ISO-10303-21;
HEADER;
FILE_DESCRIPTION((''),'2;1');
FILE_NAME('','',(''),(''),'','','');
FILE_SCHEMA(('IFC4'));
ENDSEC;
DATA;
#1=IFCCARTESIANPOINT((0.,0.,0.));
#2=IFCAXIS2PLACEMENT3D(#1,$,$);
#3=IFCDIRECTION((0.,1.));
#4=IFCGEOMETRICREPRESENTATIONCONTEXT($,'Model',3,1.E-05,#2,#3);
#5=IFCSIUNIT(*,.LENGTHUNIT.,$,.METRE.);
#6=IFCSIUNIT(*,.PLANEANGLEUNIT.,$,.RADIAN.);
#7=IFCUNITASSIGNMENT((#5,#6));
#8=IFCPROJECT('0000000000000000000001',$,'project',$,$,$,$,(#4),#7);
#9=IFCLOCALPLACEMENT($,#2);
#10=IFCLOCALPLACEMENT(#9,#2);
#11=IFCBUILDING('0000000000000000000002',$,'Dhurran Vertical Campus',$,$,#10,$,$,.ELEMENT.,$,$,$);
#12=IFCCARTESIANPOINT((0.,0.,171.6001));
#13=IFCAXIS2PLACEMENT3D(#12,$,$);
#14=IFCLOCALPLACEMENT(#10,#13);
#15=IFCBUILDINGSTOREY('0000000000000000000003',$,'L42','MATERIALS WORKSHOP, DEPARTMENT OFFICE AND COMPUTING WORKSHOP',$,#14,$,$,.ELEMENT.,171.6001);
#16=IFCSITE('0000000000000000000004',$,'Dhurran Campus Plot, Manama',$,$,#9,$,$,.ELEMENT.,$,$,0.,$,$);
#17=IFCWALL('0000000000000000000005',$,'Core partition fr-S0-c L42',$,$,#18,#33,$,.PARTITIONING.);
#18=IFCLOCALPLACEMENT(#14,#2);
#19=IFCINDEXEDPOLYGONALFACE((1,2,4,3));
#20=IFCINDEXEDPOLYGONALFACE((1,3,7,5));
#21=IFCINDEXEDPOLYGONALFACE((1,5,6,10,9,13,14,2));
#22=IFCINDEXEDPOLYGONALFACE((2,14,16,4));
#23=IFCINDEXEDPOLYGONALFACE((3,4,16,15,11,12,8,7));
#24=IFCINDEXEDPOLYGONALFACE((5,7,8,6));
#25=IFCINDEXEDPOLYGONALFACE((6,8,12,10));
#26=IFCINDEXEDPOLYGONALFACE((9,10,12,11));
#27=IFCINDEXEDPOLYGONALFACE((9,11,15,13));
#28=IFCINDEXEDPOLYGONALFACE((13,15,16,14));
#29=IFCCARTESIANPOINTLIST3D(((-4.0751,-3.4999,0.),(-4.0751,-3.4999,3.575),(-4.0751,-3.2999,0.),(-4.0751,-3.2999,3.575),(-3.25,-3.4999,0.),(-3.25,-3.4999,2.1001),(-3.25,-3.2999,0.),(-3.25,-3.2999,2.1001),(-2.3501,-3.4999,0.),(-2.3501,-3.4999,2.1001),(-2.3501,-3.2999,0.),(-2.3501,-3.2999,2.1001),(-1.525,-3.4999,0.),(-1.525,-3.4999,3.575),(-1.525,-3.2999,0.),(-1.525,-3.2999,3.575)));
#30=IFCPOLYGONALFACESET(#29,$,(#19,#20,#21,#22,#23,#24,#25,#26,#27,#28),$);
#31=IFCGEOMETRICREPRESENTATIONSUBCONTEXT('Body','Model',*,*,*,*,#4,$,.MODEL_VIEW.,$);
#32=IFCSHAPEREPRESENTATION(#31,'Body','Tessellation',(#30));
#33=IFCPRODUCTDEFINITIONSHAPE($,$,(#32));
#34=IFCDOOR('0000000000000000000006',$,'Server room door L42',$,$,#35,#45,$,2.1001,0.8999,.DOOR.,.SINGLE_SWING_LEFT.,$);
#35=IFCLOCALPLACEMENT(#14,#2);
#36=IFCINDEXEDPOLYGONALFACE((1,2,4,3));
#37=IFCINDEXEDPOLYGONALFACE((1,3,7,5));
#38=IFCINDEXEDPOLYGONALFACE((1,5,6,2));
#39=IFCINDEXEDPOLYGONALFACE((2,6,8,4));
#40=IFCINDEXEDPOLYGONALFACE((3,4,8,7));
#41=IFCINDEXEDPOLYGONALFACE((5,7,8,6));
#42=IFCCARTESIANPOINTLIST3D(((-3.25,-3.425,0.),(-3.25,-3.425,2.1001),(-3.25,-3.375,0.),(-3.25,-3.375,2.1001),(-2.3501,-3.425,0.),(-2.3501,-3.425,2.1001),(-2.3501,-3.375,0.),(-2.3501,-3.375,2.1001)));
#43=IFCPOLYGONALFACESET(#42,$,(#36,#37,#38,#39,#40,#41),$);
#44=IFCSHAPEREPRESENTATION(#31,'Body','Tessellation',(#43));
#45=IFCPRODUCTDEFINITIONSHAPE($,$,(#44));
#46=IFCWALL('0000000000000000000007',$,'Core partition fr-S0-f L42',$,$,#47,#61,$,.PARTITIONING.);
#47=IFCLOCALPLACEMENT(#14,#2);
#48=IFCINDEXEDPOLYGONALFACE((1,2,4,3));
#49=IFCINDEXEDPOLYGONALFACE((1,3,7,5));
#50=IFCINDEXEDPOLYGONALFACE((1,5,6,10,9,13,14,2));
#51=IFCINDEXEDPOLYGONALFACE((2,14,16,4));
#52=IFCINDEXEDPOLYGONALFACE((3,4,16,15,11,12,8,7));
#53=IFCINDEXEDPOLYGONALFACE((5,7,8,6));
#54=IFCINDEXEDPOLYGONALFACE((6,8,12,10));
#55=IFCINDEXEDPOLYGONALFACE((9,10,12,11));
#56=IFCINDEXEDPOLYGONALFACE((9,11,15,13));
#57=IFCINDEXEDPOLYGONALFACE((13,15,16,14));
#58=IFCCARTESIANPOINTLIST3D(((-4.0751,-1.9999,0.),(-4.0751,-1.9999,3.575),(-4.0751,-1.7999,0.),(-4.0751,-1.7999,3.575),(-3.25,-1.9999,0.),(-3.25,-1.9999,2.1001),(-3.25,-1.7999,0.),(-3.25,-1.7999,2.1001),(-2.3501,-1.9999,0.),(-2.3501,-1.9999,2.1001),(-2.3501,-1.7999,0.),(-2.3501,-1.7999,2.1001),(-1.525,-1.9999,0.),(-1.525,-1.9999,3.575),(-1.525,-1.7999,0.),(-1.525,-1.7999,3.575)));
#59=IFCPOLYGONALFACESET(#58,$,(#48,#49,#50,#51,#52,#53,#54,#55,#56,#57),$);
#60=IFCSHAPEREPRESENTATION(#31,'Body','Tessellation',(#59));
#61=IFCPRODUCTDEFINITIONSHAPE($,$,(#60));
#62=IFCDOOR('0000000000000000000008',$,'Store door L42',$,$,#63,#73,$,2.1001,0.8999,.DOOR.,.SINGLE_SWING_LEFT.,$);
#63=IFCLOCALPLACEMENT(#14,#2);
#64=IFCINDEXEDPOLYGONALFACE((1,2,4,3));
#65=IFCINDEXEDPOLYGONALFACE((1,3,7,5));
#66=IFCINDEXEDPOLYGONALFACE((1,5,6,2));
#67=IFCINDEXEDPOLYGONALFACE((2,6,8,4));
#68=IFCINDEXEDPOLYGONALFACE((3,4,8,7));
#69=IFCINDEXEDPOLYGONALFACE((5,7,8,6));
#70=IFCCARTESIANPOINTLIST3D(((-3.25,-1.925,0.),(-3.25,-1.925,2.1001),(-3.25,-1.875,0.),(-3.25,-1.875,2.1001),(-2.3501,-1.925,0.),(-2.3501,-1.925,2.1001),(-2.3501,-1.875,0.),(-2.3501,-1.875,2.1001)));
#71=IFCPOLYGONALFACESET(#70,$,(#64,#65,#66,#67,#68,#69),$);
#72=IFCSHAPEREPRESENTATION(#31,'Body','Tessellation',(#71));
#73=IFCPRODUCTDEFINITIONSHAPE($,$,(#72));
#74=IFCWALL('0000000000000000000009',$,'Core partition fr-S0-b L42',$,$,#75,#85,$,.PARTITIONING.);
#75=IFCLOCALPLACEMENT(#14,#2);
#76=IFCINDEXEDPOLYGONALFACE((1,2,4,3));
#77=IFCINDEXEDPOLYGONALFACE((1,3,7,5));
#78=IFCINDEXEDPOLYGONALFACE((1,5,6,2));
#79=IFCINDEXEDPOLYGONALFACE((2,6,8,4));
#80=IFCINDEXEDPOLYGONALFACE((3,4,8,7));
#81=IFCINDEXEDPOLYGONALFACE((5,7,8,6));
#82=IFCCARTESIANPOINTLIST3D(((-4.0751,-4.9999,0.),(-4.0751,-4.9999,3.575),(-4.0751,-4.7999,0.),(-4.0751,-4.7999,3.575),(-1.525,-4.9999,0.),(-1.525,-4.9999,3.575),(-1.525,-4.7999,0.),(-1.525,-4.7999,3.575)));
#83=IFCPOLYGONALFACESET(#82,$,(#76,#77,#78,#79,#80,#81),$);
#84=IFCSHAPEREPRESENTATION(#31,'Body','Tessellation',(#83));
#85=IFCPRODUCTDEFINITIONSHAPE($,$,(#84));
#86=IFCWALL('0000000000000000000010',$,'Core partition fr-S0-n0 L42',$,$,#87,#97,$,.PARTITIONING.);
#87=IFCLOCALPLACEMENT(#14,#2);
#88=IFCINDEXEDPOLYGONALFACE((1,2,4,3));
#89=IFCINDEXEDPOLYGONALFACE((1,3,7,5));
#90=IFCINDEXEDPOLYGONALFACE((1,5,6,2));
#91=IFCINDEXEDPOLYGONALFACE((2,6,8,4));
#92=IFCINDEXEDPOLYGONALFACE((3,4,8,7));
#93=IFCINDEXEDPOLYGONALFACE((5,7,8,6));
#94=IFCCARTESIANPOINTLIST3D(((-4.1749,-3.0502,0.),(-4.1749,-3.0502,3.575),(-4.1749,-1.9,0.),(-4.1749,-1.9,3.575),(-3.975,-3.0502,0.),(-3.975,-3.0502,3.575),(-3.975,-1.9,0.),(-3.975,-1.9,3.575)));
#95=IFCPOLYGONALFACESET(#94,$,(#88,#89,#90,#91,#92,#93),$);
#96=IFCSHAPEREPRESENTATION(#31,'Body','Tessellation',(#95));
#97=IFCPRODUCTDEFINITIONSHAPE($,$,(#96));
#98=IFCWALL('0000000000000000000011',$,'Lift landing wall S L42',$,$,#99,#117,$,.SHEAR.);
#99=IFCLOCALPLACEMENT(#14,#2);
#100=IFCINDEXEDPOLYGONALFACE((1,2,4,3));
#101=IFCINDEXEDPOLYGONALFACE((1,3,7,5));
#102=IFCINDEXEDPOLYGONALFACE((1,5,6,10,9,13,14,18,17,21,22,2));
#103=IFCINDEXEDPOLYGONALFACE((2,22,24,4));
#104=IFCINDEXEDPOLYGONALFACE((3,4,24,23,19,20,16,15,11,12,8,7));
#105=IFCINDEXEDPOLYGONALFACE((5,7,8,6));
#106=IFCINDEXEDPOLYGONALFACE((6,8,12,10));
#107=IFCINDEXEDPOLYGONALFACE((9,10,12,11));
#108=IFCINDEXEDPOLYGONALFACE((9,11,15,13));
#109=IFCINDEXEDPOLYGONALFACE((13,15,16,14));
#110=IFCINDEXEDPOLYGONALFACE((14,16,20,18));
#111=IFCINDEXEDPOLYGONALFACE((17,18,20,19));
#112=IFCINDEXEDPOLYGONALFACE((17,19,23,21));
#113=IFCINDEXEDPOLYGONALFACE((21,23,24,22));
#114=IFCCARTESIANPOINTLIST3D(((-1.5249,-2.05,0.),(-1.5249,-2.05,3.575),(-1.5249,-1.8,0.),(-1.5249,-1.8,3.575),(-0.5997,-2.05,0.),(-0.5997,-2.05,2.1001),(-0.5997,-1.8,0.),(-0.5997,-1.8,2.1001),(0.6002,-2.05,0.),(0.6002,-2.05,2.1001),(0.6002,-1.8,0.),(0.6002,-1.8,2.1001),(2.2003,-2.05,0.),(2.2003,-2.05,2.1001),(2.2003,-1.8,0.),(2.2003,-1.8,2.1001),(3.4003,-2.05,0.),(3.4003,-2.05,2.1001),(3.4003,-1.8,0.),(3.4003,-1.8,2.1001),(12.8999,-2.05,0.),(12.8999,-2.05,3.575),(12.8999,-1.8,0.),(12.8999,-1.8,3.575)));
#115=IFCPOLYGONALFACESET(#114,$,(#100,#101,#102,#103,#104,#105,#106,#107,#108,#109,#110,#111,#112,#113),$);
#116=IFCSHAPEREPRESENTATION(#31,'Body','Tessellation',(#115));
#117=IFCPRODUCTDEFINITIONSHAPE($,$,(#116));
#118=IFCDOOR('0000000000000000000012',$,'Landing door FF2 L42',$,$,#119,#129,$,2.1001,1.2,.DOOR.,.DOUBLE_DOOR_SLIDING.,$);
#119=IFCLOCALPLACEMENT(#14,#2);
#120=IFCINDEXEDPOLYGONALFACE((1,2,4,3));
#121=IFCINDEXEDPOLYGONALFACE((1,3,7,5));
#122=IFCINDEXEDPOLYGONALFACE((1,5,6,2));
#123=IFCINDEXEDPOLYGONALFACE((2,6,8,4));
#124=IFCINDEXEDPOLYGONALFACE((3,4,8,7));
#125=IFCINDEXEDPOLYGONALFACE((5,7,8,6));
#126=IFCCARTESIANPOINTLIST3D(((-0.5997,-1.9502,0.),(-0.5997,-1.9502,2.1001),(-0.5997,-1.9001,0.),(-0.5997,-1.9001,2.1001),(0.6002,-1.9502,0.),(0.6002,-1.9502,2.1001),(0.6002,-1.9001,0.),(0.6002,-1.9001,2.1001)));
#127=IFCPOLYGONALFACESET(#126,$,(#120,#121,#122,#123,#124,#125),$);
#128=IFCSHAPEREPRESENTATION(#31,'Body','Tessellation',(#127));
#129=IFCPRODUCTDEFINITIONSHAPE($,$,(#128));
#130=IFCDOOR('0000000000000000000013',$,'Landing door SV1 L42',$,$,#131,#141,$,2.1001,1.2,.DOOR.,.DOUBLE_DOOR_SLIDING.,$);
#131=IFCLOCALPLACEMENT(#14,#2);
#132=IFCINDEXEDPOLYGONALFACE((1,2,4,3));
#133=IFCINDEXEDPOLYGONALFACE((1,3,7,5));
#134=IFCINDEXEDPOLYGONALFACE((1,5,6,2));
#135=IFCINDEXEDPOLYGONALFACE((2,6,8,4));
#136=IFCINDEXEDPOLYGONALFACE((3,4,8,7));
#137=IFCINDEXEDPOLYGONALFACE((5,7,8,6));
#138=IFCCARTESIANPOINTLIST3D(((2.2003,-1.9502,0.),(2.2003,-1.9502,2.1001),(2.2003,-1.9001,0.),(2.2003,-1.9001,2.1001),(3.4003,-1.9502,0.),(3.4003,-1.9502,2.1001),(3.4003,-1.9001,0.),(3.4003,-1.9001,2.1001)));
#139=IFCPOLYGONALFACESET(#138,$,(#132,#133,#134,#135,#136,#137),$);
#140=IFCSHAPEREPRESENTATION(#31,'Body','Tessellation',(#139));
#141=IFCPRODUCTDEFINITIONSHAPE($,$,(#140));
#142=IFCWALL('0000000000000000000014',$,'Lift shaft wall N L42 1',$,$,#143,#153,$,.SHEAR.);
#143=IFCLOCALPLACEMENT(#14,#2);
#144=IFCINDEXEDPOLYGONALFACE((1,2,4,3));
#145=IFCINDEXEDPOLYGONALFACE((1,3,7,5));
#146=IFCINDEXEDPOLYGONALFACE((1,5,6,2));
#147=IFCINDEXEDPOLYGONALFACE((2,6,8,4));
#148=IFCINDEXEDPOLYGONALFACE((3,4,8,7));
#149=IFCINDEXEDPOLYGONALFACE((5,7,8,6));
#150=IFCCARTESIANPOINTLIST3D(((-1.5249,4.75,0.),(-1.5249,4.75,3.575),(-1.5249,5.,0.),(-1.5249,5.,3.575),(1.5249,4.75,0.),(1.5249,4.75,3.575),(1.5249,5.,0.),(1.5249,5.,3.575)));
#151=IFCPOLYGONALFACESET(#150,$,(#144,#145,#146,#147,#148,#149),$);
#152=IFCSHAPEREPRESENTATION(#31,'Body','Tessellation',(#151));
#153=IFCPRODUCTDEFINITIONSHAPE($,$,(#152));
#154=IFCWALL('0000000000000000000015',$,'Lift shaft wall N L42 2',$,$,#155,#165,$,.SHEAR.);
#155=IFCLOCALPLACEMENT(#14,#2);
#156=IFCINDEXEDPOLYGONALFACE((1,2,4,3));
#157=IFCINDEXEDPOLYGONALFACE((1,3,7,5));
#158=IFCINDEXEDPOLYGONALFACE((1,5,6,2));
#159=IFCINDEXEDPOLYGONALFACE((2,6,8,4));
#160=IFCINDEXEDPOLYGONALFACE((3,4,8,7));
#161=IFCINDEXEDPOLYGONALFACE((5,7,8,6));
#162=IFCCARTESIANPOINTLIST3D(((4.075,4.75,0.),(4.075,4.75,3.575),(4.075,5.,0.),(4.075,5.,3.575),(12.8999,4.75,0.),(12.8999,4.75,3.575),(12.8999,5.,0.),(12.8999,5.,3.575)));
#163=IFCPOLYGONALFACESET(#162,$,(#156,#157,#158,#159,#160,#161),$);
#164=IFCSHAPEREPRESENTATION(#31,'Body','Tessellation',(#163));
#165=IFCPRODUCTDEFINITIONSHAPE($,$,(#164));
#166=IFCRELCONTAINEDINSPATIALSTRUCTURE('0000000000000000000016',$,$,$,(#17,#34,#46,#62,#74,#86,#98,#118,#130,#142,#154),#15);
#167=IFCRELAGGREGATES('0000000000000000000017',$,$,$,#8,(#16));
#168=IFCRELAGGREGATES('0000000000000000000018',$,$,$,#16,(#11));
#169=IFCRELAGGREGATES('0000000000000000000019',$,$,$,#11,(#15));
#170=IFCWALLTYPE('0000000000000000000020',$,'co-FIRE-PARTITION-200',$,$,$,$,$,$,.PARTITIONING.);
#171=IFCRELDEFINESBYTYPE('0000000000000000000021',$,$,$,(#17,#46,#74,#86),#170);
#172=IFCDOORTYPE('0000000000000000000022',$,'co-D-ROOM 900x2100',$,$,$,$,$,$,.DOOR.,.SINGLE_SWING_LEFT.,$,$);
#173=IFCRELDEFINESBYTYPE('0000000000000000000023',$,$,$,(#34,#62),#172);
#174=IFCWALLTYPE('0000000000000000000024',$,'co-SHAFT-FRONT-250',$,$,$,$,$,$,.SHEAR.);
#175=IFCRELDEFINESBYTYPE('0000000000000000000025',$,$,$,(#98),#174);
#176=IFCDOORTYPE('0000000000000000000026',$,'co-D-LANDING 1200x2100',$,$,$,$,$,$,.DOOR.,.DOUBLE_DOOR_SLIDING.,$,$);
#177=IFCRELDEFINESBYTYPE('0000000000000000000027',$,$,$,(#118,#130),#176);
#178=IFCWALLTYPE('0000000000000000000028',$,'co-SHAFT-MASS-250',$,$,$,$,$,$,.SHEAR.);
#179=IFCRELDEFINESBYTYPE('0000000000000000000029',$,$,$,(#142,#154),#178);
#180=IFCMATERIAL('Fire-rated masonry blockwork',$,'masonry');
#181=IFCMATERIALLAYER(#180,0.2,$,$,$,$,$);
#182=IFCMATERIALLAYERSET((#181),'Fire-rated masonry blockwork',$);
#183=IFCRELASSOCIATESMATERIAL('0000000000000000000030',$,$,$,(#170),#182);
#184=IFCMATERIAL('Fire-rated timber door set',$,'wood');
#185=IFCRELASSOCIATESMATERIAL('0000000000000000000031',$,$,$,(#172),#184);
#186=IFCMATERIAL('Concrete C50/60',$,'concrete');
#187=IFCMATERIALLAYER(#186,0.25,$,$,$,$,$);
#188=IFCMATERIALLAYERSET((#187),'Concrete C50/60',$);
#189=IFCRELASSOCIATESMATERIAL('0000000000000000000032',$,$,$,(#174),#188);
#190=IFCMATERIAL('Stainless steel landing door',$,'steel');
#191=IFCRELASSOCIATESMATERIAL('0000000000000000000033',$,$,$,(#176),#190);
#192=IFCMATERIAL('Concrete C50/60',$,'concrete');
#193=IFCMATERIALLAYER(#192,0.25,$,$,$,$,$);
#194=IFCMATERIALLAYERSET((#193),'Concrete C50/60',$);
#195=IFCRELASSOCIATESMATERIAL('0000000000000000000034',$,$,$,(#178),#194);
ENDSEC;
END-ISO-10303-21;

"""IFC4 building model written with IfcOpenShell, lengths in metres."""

from ifc_helpers import new_model, si_unit, direction, frame, frame_2d, origin, place, context, subcontext, project, spatial, polyline, rectangle, outline, extrude, material, layer, layer_set, type_object, element, fill, save


model = new_model("IFC4")

# Units and contexts
model_context = context("Model", 3, precision=1e-05, world=origin(), true_north=direction((0.0, 1.0)))
body_context = subcontext(model_context, "Body", "Model", "MODEL_VIEW")
ifc_project = project(units=[si_unit("LENGTHUNIT", "METRE"), si_unit("PLANEANGLEUNIT", "RADIAN")], contexts=[model_context])

# Site, building, storey
site_placement = place(None, origin())
site = spatial("IfcSite", under=ifc_project, at=site_placement, Name="Dhurran Campus Plot, Manama", CompositionType="ELEMENT", RefElevation=0.0)
building_placement = place(site_placement, origin())
building = spatial("IfcBuilding", under=site, at=building_placement, Name="Dhurran Vertical Campus", CompositionType="ELEMENT")
storey_placement = place(building_placement, frame((0.0, 0.0, 171.6001)))
storey = spatial("IfcBuildingStorey", under=building, at=storey_placement, Name="L42", Description="MATERIALS WORKSHOP, DEPARTMENT OFFICE AND COMPUTING WORKSHOP", CompositionType="ELEMENT", Elevation=171.6001)

# Shared definitions
ifc_material_1 = material(Name="Fire-rated masonry blockwork", Category="masonry")
ifc_layer_1 = layer(ifc_material_1, 0.2)
ifc_layer_set_1 = layer_set([ifc_layer_1], Name="Fire-rated masonry blockwork")
wall_type_1 = type_object("IfcWallType", Name="co-FIRE-PARTITION-200", PredefinedType="PARTITIONING", material=ifc_layer_set_1)

# Walls, openings, doors
wall_1_placement = place(storey_placement, frame((-4.075, -3.3999, 0.0), z_axis=(0.0, 0.0, 1.0), x_axis=(1.0, 0.0, 0.0)))
wall_1 = element("IfcWall", 1, at=wall_1_placement, inside=storey, type_object=wall_type_1, Name="Core partition fr-S0-c L42", PredefinedType="PARTITIONING", context=body_context, shape_type="SweptSolid", body=[
    extrude(rectangle(XDim=2.55, YDim=0.2, at=frame_2d((1.2749, 0.0))), origin(), (0.0, 0.0, 1.0), 3.575),
])
opening_1_placement = place(wall_1_placement, frame((0.825, 0.0, 0.0)))
opening_1 = element("IfcOpeningElement", 2, at=opening_1_placement, cuts=wall_1, PredefinedType="OPENING", context=body_context, shape_type="SweptSolid", body=[
    extrude(rectangle(XDim=0.8999, YDim=2.1001, at=frame_2d((0.45, 1.05))), frame((0.0, 0.1099, 0.0), z_axis=(0.0, -1.0, 0.0), x_axis=(1.0, 0.0, 0.0)), (0.0, 0.0, 1.0), 0.22),
])
ifc_material_2 = material(Name="Fire-rated timber door set", Category="wood")
door_type_1 = type_object("IfcDoorType", Name="co-D-ROOM 900x2100", OperationType="SINGLE_SWING_LEFT", PredefinedType="DOOR", material=ifc_material_2)
door_1_placement = place(opening_1_placement, origin())
door_1 = element("IfcDoor", 3, at=door_1_placement, inside=storey, type_object=door_type_1, Name="Server room door L42", OperationType="SINGLE_SWING_LEFT", OverallHeight=2.1001, OverallWidth=0.8999, PredefinedType="DOOR", context=body_context, shape_type="SweptSolid", body=[
    extrude(rectangle(XDim=0.8999, YDim=2.1001, at=frame_2d((0.45, 1.05))), frame((0.0, 0.0249, 0.0), z_axis=(0.0, -1.0, 0.0), x_axis=(1.0, 0.0, 0.0)), (0.0, 0.0, 1.0), 0.05),
])
fill(opening_1, door_1)
wall_2_placement = place(storey_placement, frame((-4.075, -1.8999, 0.0), z_axis=(0.0, 0.0, 1.0), x_axis=(1.0, 0.0, 0.0)))
wall_2 = element("IfcWall", 4, at=wall_2_placement, inside=storey, type_object=wall_type_1, Name="Core partition fr-S0-f L42", PredefinedType="PARTITIONING", context=body_context, shape_type="SweptSolid", body=[
    extrude(rectangle(XDim=2.55, YDim=0.2, at=frame_2d((1.2749, 0.0))), origin(), (0.0, 0.0, 1.0), 3.575),
])
opening_2_placement = place(wall_2_placement, frame((0.825, 0.0, 0.0)))
opening_2 = element("IfcOpeningElement", 5, at=opening_2_placement, cuts=wall_2, PredefinedType="OPENING", context=body_context, shape_type="SweptSolid", body=[
    extrude(rectangle(XDim=0.8999, YDim=2.1001, at=frame_2d((0.45, 1.05))), frame((0.0, 0.1099, 0.0), z_axis=(0.0, -1.0, 0.0), x_axis=(1.0, 0.0, 0.0)), (0.0, 0.0, 1.0), 0.22),
])
door_2_placement = place(opening_2_placement, origin())
door_2 = element("IfcDoor", 6, at=door_2_placement, inside=storey, type_object=door_type_1, Name="Store door L42", OperationType="SINGLE_SWING_LEFT", OverallHeight=2.1001, OverallWidth=0.8999, PredefinedType="DOOR", context=body_context, shape_type="SweptSolid", body=[
    extrude(rectangle(XDim=0.8999, YDim=2.1001, at=frame_2d((0.45, 1.05))), frame((0.0, 0.0249, 0.0), z_axis=(0.0, -1.0, 0.0), x_axis=(1.0, 0.0, 0.0)), (0.0, 0.0, 1.0), 0.05),
])
fill(opening_2, door_2)

# Walls
wall_3_placement = place(storey_placement, frame((-4.075, -4.8999, 0.0), z_axis=(0.0, 0.0, 1.0), x_axis=(1.0, 0.0, 0.0)))
element("IfcWall", 7, at=wall_3_placement, inside=storey, type_object=wall_type_1, Name="Core partition fr-S0-b L42", PredefinedType="PARTITIONING", context=body_context, shape_type="SweptSolid", body=[
    extrude(rectangle(XDim=2.55, YDim=0.2, at=frame_2d((1.2749, 0.0))), origin(), (0.0, 0.0, 1.0), 3.575),
])
wall_4_placement = place(storey_placement, frame((-4.075, -1.8999, 0.0), z_axis=(0.0, 0.0, 1.0), x_axis=(0.0, -1.0, 0.0)))
element("IfcWall", 8, at=wall_4_placement, inside=storey, type_object=wall_type_1, Name="Core partition fr-S0-n0 L42", PredefinedType="PARTITIONING", context=body_context, shape_type="SweptSolid", body=[
    extrude(rectangle(XDim=1.1501, YDim=0.2, at=frame_2d((0.5752, 0.0))), origin(), (0.0, 0.0, 1.0), 3.575),
])

# Wall, openings, doors
ifc_material_3 = material(Name="Concrete C50/60", Category="concrete")
ifc_layer_2 = layer(ifc_material_3, 0.25)
ifc_layer_set_2 = layer_set([ifc_layer_2], Name="Concrete C50/60")
wall_type_2 = type_object("IfcWallType", Name="co-SHAFT-FRONT-250", PredefinedType="SHEAR", material=ifc_layer_set_2)
wall_5_placement = place(storey_placement, frame((-1.5249, -1.925, 0.0), z_axis=(0.0, 0.0, 1.0), x_axis=(1.0, 0.0, 0.0)))
wall_5 = element("IfcWall", 9, at=wall_5_placement, inside=storey, type_object=wall_type_2, Name="Lift landing wall S L42", PredefinedType="SHEAR", context=body_context, shape_type="SweptSolid", body=[
    extrude(rectangle(XDim=14.4248, YDim=0.25, at=frame_2d((7.2124, 0.0))), origin(), (0.0, 0.0, 1.0), 3.575),
])
opening_3_placement = place(wall_5_placement, frame((0.925, 0.0, 0.0)))
opening_3 = element("IfcOpeningElement", 10, at=opening_3_placement, cuts=wall_5, PredefinedType="OPENING", context=body_context, shape_type="SweptSolid", body=[
    extrude(rectangle(XDim=1.2, YDim=2.1001, at=frame_2d((0.6001, 1.05))), frame((0.0, 0.135, 0.0), z_axis=(0.0, -1.0, 0.0), x_axis=(1.0, 0.0, 0.0)), (0.0, 0.0, 1.0), 0.27),
])
opening_4_placement = place(wall_5_placement, frame((3.7251, 0.0, 0.0)))
opening_4 = element("IfcOpeningElement", 11, at=opening_4_placement, cuts=wall_5, PredefinedType="OPENING", context=body_context, shape_type="SweptSolid", body=[
    extrude(rectangle(XDim=1.2, YDim=2.1001, at=frame_2d((0.6001, 1.05))), frame((0.0, 0.135, 0.0), z_axis=(0.0, -1.0, 0.0), x_axis=(1.0, 0.0, 0.0)), (0.0, 0.0, 1.0), 0.27),
])
ifc_material_4 = material(Name="Stainless steel landing door", Category="steel")
door_type_2 = type_object("IfcDoorType", Name="co-D-LANDING 1200x2100", OperationType="DOUBLE_DOOR_SLIDING", PredefinedType="DOOR", material=ifc_material_4)
door_3_placement = place(opening_3_placement, origin())
door_3 = element("IfcDoor", 12, at=door_3_placement, inside=storey, type_object=door_type_2, Name="Landing door FF2 L42", OperationType="DOUBLE_DOOR_SLIDING", OverallHeight=2.1001, OverallWidth=1.2, PredefinedType="DOOR", context=body_context, shape_type="SweptSolid", body=[
    extrude(rectangle(XDim=1.2, YDim=2.1001, at=frame_2d((0.6001, 1.05))), frame((0.0, 0.0249, 0.0), z_axis=(0.0, -1.0, 0.0), x_axis=(1.0, 0.0, 0.0)), (0.0, 0.0, 1.0), 0.05),
])
fill(opening_3, door_3)
door_4_placement = place(opening_4_placement, origin())
door_4 = element("IfcDoor", 13, at=door_4_placement, inside=storey, type_object=door_type_2, Name="Landing door SV1 L42", OperationType="DOUBLE_DOOR_SLIDING", OverallHeight=2.1001, OverallWidth=1.2, PredefinedType="DOOR", context=body_context, shape_type="SweptSolid", body=[
    extrude(rectangle(XDim=1.2, YDim=2.1001, at=frame_2d((0.6001, 1.05))), frame((0.0, 0.0249, 0.0), z_axis=(0.0, -1.0, 0.0), x_axis=(1.0, 0.0, 0.0)), (0.0, 0.0, 1.0), 0.05),
])
fill(opening_4, door_4)

# Walls
ifc_material_5 = material(Name="Concrete C50/60", Category="concrete")
ifc_layer_3 = layer(ifc_material_5, 0.25)
ifc_layer_set_3 = layer_set([ifc_layer_3], Name="Concrete C50/60")
wall_type_3 = type_object("IfcWallType", Name="co-SHAFT-MASS-250", PredefinedType="SHEAR", material=ifc_layer_set_3)
wall_6_placement = place(storey_placement, origin())
element("IfcWall", 14, at=wall_6_placement, inside=storey, type_object=wall_type_3, Name="Lift shaft wall N L42 1", PredefinedType="SHEAR", context=body_context, shape_type="SweptSolid", body=[
    extrude(outline(polyline([(-1.5249, 4.75), (1.5249, 4.75), (1.5249, 5.0), (-1.5249, 5.0), (-1.5249, 4.75)])), origin(), (0.0, 0.0, 1.0), 3.575),
])
wall_7_placement = place(storey_placement, origin())
element("IfcWall", 15, at=wall_7_placement, inside=storey, type_object=wall_type_3, Name="Lift shaft wall N L42 2", PredefinedType="SHEAR", context=body_context, shape_type="SweptSolid", body=[
    extrude(outline(polyline([(4.075, 4.75), (12.8999, 4.75), (12.8999, 5.0), (4.075, 5.0), (4.075, 4.75)])), origin(), (0.0, 0.0, 1.0), 3.575),
])

save(model, "model.ifc")
